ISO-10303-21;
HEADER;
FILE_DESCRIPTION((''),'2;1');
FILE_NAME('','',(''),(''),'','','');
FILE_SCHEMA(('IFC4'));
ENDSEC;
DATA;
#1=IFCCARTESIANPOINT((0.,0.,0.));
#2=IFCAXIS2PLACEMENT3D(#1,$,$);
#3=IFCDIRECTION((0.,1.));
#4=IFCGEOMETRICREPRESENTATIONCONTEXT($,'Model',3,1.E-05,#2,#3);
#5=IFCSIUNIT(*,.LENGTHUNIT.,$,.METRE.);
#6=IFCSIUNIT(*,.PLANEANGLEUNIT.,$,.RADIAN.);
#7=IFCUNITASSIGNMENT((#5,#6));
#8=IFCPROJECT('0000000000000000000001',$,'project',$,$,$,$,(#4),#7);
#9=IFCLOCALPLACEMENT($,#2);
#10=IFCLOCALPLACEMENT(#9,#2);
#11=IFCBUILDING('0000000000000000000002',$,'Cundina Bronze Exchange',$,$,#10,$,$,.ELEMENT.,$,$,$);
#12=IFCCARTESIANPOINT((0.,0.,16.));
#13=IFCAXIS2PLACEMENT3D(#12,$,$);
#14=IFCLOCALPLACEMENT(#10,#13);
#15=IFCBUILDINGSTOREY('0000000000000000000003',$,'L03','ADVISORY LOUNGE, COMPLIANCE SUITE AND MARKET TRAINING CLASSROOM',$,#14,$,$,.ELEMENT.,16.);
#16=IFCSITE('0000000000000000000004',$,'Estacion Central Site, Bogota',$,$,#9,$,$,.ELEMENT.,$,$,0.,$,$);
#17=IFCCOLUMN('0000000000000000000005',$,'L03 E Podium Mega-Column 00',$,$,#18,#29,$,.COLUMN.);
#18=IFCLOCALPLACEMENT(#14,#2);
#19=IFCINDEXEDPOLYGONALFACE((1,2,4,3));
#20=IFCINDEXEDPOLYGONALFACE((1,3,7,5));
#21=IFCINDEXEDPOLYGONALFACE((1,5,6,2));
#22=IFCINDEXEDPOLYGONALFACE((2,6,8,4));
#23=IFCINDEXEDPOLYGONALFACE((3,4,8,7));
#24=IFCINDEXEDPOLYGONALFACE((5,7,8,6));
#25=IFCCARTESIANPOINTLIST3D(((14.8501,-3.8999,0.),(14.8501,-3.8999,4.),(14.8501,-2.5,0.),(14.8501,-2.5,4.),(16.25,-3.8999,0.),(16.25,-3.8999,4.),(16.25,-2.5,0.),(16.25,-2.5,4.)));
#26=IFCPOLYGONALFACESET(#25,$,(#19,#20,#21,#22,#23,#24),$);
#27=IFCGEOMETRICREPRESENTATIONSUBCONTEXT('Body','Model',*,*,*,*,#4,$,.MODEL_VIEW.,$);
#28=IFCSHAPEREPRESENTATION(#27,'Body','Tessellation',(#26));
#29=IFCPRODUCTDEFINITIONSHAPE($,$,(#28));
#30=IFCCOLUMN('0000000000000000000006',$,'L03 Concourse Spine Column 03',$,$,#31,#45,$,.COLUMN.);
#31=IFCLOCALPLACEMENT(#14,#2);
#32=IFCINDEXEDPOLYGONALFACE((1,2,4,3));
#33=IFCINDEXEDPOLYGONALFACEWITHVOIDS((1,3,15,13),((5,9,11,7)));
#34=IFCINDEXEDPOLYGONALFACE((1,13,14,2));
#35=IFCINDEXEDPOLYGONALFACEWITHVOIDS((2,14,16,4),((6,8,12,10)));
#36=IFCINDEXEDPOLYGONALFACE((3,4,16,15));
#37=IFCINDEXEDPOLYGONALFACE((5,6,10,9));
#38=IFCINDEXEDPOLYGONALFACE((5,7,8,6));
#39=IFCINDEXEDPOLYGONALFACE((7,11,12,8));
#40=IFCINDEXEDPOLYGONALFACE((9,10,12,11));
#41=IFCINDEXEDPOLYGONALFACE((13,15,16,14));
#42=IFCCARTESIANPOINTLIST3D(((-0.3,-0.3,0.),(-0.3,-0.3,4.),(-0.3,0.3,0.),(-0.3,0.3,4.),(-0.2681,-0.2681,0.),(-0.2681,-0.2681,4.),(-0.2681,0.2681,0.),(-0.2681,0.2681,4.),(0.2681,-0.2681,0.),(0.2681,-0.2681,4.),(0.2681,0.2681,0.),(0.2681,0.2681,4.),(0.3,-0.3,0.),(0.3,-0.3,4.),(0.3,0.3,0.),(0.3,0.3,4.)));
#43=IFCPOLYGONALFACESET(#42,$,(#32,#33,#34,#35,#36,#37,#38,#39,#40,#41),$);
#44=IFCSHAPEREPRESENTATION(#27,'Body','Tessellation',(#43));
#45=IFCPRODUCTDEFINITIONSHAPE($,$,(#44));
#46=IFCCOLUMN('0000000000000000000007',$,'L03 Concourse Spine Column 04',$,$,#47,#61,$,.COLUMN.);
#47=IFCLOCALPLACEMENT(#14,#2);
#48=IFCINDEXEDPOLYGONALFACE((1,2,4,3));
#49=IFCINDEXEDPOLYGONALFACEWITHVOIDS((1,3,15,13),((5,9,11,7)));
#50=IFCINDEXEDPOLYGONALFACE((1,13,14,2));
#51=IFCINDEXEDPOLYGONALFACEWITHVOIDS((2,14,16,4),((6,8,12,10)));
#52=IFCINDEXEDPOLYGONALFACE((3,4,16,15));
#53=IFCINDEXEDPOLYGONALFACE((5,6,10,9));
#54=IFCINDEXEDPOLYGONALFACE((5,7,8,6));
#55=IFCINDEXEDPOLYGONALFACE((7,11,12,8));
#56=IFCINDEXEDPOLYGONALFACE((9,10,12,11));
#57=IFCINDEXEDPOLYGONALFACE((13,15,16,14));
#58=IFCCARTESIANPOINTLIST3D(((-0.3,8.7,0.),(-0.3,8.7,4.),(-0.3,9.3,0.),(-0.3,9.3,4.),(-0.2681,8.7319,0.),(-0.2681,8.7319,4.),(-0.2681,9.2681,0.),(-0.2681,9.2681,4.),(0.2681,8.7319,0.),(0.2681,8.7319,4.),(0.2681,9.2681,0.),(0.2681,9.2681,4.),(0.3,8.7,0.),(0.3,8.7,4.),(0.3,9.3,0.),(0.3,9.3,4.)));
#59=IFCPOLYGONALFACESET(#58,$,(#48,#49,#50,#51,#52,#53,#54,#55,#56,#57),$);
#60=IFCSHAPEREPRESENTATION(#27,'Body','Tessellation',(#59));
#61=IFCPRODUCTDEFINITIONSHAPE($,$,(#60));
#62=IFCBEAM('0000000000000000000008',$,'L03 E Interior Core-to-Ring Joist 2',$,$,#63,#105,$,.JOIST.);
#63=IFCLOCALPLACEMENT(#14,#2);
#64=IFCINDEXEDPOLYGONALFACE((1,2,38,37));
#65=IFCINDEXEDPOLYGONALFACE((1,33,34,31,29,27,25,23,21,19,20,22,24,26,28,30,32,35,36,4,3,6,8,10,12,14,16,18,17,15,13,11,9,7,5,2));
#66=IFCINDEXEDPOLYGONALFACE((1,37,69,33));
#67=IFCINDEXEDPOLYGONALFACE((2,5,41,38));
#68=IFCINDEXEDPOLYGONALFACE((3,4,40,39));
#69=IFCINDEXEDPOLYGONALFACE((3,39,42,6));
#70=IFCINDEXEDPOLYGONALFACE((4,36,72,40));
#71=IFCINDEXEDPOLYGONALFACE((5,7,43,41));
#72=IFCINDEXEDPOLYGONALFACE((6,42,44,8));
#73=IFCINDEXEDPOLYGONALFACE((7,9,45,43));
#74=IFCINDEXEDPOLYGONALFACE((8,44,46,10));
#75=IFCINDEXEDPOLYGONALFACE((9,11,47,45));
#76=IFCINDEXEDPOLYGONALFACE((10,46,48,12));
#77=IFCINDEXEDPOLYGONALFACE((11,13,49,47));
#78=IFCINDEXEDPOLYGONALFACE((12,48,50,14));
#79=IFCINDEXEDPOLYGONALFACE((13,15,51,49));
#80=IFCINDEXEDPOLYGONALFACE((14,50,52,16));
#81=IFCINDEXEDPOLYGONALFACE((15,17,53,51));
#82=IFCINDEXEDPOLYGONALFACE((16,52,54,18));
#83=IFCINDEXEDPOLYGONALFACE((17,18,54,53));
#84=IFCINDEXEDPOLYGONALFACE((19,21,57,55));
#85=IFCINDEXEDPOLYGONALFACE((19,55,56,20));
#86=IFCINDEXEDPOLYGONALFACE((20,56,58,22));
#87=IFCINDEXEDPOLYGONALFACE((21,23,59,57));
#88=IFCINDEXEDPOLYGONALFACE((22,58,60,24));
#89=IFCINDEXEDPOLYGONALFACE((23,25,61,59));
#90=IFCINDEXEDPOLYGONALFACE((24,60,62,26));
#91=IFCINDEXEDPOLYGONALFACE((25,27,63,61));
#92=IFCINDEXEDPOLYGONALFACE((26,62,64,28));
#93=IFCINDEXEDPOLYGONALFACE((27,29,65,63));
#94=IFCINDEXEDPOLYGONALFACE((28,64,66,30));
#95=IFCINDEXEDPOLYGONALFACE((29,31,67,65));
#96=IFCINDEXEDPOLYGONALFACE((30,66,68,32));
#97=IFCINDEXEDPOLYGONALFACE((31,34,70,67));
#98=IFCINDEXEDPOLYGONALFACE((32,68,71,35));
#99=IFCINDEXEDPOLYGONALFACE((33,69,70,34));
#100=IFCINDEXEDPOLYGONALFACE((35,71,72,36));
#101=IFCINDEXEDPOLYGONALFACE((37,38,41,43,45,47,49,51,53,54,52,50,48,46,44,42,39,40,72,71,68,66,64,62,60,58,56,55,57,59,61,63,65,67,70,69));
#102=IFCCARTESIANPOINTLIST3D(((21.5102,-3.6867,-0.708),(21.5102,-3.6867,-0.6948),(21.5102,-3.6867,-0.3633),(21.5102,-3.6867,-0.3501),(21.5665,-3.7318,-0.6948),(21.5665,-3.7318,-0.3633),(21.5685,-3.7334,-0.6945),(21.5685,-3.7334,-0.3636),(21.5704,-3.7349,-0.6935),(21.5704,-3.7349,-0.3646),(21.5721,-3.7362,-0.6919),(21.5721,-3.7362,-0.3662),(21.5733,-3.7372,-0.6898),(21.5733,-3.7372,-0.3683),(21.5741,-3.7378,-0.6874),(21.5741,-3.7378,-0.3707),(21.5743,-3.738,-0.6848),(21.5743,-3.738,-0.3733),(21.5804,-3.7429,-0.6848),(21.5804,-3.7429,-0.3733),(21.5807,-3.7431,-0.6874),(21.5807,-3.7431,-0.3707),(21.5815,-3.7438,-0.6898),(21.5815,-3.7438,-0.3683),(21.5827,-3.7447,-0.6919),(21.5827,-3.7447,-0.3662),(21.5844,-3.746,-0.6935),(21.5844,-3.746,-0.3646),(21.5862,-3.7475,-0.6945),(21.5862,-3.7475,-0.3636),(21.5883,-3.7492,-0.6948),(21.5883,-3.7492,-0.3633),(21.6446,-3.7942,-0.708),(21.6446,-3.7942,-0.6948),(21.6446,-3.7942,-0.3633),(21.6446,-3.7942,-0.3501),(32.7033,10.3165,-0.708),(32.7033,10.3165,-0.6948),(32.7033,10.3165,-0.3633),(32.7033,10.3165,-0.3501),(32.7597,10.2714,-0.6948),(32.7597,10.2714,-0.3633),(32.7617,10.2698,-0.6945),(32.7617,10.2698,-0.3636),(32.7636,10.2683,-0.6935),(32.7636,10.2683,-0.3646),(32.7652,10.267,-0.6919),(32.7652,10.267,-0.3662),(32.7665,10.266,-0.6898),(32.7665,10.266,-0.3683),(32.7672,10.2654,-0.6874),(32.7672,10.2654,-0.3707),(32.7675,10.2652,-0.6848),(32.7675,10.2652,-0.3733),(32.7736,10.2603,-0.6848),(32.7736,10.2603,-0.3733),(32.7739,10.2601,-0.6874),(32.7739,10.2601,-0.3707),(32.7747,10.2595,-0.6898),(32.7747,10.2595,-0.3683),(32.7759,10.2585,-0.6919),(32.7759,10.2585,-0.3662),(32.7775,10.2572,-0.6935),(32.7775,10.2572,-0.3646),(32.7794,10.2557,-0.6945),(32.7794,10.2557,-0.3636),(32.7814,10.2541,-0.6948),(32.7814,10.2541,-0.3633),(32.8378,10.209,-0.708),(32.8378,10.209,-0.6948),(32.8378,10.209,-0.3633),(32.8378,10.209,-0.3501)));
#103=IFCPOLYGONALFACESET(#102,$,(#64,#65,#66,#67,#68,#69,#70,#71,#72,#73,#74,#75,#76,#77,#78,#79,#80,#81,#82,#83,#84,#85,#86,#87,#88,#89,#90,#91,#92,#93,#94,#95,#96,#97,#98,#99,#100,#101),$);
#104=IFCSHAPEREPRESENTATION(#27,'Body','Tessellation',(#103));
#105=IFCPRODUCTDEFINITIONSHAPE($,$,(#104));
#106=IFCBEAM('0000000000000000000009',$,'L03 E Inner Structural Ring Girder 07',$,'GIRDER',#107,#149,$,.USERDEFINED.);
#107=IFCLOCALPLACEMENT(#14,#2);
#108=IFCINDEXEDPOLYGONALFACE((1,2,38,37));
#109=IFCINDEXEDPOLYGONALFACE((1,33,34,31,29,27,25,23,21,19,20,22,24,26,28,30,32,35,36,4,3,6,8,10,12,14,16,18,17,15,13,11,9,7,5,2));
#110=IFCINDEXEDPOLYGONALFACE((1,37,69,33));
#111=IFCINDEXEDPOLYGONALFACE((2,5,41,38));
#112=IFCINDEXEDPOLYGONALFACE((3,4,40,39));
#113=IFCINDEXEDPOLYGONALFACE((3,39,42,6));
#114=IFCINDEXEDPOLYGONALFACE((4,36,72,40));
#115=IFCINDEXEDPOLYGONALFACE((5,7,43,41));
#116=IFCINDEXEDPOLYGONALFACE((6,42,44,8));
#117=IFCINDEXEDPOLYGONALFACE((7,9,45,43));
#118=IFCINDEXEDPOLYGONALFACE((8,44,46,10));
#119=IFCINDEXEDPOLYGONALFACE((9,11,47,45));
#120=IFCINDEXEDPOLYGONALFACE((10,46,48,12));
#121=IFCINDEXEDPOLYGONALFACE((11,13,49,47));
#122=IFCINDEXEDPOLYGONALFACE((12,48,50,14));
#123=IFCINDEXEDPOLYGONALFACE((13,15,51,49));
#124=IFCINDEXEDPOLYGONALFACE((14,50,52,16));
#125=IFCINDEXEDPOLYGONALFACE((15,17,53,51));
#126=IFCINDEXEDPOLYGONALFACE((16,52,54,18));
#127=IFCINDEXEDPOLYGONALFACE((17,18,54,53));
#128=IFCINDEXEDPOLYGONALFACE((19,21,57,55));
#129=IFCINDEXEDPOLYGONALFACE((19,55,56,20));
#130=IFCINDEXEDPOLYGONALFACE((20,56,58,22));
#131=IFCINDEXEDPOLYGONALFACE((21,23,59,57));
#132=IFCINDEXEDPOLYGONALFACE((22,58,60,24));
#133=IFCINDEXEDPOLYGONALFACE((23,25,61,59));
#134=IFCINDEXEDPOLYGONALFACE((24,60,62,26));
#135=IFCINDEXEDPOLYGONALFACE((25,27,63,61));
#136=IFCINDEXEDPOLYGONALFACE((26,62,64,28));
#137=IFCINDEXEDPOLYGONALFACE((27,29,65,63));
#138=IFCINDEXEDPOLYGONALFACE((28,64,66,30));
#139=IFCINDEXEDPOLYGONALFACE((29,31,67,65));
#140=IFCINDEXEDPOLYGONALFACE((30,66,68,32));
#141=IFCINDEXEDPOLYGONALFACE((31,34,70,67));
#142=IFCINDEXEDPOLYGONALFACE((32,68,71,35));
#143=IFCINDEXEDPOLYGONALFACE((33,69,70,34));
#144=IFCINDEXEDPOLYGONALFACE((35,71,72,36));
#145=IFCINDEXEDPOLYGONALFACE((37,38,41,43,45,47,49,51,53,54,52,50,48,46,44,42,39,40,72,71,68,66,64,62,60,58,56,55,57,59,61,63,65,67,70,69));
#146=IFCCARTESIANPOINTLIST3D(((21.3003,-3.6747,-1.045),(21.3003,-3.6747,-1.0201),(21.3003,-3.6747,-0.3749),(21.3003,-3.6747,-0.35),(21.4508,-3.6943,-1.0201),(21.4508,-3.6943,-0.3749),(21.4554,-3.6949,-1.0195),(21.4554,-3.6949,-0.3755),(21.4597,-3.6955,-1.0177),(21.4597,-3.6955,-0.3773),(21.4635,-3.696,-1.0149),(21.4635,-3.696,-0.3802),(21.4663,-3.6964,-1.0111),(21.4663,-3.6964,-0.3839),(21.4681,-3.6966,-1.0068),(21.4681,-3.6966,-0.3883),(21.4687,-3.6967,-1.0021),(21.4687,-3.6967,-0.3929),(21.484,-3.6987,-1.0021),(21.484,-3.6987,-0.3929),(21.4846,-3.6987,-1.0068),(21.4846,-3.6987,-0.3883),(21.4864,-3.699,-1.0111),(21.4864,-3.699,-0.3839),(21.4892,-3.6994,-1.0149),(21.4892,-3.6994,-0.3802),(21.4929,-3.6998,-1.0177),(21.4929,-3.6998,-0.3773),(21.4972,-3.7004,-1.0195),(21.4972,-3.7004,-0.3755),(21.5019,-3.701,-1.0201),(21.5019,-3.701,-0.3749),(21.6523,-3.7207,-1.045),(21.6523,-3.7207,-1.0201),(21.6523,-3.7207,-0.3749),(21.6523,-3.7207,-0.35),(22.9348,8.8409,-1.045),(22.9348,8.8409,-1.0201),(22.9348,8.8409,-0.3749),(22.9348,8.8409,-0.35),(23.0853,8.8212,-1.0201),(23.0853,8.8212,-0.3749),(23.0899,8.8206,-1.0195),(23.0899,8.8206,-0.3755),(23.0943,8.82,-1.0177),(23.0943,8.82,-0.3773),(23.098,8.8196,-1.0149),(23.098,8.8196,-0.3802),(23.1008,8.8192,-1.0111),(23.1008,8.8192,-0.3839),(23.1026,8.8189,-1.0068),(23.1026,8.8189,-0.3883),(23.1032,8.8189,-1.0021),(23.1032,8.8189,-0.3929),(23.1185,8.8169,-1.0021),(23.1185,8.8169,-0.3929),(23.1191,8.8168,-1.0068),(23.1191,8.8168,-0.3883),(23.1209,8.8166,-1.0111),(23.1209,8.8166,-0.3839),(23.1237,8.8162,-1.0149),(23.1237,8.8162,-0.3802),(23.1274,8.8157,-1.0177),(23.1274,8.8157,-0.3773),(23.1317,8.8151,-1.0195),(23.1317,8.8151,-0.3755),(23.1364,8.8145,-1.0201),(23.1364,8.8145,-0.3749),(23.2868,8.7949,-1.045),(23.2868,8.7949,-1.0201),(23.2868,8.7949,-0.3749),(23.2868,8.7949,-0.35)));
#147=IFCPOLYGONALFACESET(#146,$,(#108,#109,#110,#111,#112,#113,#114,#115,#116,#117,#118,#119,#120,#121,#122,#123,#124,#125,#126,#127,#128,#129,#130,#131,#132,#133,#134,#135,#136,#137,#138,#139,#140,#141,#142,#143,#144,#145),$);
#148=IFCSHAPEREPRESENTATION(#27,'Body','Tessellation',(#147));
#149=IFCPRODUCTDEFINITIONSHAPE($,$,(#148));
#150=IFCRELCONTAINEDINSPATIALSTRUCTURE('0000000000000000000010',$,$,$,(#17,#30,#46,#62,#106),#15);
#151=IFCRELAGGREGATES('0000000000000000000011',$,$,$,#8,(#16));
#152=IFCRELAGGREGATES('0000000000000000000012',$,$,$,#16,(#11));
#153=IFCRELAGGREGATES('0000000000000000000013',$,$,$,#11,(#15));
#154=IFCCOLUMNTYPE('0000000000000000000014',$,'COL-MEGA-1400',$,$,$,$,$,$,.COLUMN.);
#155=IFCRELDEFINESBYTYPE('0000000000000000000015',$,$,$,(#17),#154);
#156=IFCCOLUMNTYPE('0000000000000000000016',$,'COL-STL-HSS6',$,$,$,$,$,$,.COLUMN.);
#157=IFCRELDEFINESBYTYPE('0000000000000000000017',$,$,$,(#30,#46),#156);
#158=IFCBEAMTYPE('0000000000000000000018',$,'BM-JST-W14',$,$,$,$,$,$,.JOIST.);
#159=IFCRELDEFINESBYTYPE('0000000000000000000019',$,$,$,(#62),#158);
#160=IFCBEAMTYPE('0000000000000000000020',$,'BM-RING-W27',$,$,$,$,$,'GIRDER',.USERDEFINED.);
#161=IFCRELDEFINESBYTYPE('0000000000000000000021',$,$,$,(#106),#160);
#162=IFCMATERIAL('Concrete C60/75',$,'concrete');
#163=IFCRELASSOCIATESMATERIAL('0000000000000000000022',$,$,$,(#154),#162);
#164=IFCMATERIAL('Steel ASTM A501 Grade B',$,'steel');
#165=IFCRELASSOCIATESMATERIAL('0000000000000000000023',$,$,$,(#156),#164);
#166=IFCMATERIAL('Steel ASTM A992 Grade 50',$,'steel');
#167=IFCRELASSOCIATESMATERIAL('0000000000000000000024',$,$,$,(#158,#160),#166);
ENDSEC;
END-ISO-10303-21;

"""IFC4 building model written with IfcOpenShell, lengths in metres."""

from ifc_helpers import new_model, si_unit, direction, frame, origin, origin_2d, place, context, subcontext, project, spatial, rectangle, hollow_rectangle, i_section, extrude, material, material_profile, profile_set, type_object, element, save


model = new_model("IFC4")

# Units and contexts
model_context = context("Model", 3, precision=1e-05, world=origin(), true_north=direction((0.0, 1.0)))
body_context = subcontext(model_context, "Body", "Model", "MODEL_VIEW")
ifc_project = project(units=[si_unit("LENGTHUNIT", "METRE"), si_unit("PLANEANGLEUNIT", "RADIAN")], contexts=[model_context])

# Site, building, storey
site_placement = place(None, origin())
site = spatial("IfcSite", under=ifc_project, at=site_placement, Name="Estacion Central Site, Bogota", CompositionType="ELEMENT", RefElevation=0.0)
building_placement = place(site_placement, origin())
building = spatial("IfcBuilding", under=site, at=building_placement, Name="Cundina Bronze Exchange", CompositionType="ELEMENT")
storey_placement = place(building_placement, frame((0.0, 0.0, 16.0)))
storey = spatial("IfcBuildingStorey", under=building, at=storey_placement, Name="L03", Description="ADVISORY LOUNGE, COMPLIANCE SUITE AND MARKET TRAINING CLASSROOM", CompositionType="ELEMENT", Elevation=16.0)

# Columns
ifc_material_1 = material(Name="Concrete C60/75", Category="concrete")
ifc_material_profile_1 = material_profile(ifc_material_1, rectangle(XDim=1.3999, YDim=1.3999, at=origin_2d()), Name="RC1400X1400", Category="concrete")
ifc_profile_set_1 = profile_set([ifc_material_profile_1], Name="Concrete C60/75")
column_type_1 = type_object("IfcColumnType", Name="COL-MEGA-1400", PredefinedType="COLUMN", material=ifc_profile_set_1)
column_placement = place(storey_placement, frame((15.55, -3.2, 0.0), z_axis=(0.0, 0.0, 1.0), x_axis=(1.0, 0.0, 0.0)))
element("IfcColumn", 1, at=column_placement, inside=storey, type_object=column_type_1, Name="L03 E Podium Mega-Column 00", PredefinedType="COLUMN", context=body_context, shape_type="SweptSolid", body=[
    extrude(rectangle(XDim=1.3999, YDim=1.3999, at=origin_2d()), origin(), (0.0, 0.0, 1.0), 4.0),
])
ifc_material_2 = material(Name="Steel ASTM A501 Grade B", Category="steel")
ifc_material_profile_2 = material_profile(ifc_material_2, hollow_rectangle(XDim=0.6001, YDim=0.6001, WallThickness=0.032, at=origin_2d()), Name="HSS600X600X32", Category="steel")
ifc_profile_set_2 = profile_set([ifc_material_profile_2], Name="Steel ASTM A501 Grade B")
column_type_2 = type_object("IfcColumnType", Name="COL-STL-HSS6", PredefinedType="COLUMN", material=ifc_profile_set_2)
for number, where, z_axis, x_axis, name in (
    (2, (0.0, 0.0, 0.0), (0.0, 0.0, 1.0), (1.0, 0.0, 0.0), "L03 Concourse Spine Column 03"),
    (3, (0.0, 9.0, 0.0), (0.0, 0.0, 1.0), (1.0, 0.0, 0.0), "L03 Concourse Spine Column 04"),
):
    element("IfcColumn", number, at=place(storey_placement, frame(where, z_axis=z_axis, x_axis=x_axis)), inside=storey, type_object=column_type_2, Name=name, PredefinedType="COLUMN", context=body_context, shape_type="SweptSolid", body=[
        extrude(hollow_rectangle(XDim=0.6001, YDim=0.6001, WallThickness=0.032, at=origin_2d()), origin(), (0.0, 0.0, 1.0), 4.0),
    ])

# Beams
ifc_material_3 = material(Name="Steel ASTM A992 Grade 50", Category="steel")
ifc_material_profile_3 = material_profile(ifc_material_3, i_section(OverallWidth=0.1721, OverallDepth=0.3579, WebThickness=0.0078, FlangeThickness=0.0132, FilletRadius=0.01, at=origin_2d()), Name="W14X38", Category="steel")
ifc_profile_set_3 = profile_set([ifc_material_profile_3], Name="Steel ASTM A992 Grade 50")
beam_type_1 = type_object("IfcBeamType", Name="BM-JST-W14", PredefinedType="JOIST", material=ifc_profile_set_3)
beam_1_placement = place(storey_placement, frame((21.5774, -3.7405, -0.5291), z_axis=(0.624374, 0.781125, 0.0), x_axis=(-0.781125, 0.624374, 0.0)))
element("IfcBeam", 4, at=beam_1_placement, inside=storey, type_object=beam_type_1, Name="L03 E Interior Core-to-Ring Joist 2", PredefinedType="JOIST", context=body_context, shape_type="SweptSolid", body=[
    extrude(i_section(OverallWidth=0.1721, OverallDepth=0.3579, WebThickness=0.0078, FlangeThickness=0.0132, FilletRadius=0.01, at=origin_2d()), origin(), (0.0, 0.0, 1.0), 17.927),
])
ifc_material_profile_4 = material_profile(ifc_material_3, i_section(OverallWidth=0.355, OverallDepth=0.6951, WebThickness=0.0154, FlangeThickness=0.0249, FilletRadius=0.0181, at=origin_2d()), Name="W27X146", Category="steel")
ifc_profile_set_4 = profile_set([ifc_material_profile_4], Name="Steel ASTM A992 Grade 50")
beam_type_2 = type_object("IfcBeamType", Name="BM-RING-W27", ElementType="GIRDER", PredefinedType="USERDEFINED", material=ifc_profile_set_4)
beam_2_placement = place(storey_placement, frame((23.1108, 8.8179, -0.6975), z_axis=(-0.129499, -0.99158, 0.0), x_axis=(0.99158, -0.129499, 0.0)))
element("IfcBeam", 5, at=beam_2_placement, inside=storey, type_object=beam_type_2, Name="L03 E Inner Structural Ring Girder 07", ObjectType="GIRDER", PredefinedType="USERDEFINED", context=body_context, shape_type="SweptSolid", body=[
    extrude(i_section(OverallWidth=0.355, OverallDepth=0.6951, WebThickness=0.0154, FlangeThickness=0.0249, FilletRadius=0.0181, at=origin_2d()), origin(), (0.0, 0.0, 1.0), 12.6218),
])

save(model, "model.ifc")
